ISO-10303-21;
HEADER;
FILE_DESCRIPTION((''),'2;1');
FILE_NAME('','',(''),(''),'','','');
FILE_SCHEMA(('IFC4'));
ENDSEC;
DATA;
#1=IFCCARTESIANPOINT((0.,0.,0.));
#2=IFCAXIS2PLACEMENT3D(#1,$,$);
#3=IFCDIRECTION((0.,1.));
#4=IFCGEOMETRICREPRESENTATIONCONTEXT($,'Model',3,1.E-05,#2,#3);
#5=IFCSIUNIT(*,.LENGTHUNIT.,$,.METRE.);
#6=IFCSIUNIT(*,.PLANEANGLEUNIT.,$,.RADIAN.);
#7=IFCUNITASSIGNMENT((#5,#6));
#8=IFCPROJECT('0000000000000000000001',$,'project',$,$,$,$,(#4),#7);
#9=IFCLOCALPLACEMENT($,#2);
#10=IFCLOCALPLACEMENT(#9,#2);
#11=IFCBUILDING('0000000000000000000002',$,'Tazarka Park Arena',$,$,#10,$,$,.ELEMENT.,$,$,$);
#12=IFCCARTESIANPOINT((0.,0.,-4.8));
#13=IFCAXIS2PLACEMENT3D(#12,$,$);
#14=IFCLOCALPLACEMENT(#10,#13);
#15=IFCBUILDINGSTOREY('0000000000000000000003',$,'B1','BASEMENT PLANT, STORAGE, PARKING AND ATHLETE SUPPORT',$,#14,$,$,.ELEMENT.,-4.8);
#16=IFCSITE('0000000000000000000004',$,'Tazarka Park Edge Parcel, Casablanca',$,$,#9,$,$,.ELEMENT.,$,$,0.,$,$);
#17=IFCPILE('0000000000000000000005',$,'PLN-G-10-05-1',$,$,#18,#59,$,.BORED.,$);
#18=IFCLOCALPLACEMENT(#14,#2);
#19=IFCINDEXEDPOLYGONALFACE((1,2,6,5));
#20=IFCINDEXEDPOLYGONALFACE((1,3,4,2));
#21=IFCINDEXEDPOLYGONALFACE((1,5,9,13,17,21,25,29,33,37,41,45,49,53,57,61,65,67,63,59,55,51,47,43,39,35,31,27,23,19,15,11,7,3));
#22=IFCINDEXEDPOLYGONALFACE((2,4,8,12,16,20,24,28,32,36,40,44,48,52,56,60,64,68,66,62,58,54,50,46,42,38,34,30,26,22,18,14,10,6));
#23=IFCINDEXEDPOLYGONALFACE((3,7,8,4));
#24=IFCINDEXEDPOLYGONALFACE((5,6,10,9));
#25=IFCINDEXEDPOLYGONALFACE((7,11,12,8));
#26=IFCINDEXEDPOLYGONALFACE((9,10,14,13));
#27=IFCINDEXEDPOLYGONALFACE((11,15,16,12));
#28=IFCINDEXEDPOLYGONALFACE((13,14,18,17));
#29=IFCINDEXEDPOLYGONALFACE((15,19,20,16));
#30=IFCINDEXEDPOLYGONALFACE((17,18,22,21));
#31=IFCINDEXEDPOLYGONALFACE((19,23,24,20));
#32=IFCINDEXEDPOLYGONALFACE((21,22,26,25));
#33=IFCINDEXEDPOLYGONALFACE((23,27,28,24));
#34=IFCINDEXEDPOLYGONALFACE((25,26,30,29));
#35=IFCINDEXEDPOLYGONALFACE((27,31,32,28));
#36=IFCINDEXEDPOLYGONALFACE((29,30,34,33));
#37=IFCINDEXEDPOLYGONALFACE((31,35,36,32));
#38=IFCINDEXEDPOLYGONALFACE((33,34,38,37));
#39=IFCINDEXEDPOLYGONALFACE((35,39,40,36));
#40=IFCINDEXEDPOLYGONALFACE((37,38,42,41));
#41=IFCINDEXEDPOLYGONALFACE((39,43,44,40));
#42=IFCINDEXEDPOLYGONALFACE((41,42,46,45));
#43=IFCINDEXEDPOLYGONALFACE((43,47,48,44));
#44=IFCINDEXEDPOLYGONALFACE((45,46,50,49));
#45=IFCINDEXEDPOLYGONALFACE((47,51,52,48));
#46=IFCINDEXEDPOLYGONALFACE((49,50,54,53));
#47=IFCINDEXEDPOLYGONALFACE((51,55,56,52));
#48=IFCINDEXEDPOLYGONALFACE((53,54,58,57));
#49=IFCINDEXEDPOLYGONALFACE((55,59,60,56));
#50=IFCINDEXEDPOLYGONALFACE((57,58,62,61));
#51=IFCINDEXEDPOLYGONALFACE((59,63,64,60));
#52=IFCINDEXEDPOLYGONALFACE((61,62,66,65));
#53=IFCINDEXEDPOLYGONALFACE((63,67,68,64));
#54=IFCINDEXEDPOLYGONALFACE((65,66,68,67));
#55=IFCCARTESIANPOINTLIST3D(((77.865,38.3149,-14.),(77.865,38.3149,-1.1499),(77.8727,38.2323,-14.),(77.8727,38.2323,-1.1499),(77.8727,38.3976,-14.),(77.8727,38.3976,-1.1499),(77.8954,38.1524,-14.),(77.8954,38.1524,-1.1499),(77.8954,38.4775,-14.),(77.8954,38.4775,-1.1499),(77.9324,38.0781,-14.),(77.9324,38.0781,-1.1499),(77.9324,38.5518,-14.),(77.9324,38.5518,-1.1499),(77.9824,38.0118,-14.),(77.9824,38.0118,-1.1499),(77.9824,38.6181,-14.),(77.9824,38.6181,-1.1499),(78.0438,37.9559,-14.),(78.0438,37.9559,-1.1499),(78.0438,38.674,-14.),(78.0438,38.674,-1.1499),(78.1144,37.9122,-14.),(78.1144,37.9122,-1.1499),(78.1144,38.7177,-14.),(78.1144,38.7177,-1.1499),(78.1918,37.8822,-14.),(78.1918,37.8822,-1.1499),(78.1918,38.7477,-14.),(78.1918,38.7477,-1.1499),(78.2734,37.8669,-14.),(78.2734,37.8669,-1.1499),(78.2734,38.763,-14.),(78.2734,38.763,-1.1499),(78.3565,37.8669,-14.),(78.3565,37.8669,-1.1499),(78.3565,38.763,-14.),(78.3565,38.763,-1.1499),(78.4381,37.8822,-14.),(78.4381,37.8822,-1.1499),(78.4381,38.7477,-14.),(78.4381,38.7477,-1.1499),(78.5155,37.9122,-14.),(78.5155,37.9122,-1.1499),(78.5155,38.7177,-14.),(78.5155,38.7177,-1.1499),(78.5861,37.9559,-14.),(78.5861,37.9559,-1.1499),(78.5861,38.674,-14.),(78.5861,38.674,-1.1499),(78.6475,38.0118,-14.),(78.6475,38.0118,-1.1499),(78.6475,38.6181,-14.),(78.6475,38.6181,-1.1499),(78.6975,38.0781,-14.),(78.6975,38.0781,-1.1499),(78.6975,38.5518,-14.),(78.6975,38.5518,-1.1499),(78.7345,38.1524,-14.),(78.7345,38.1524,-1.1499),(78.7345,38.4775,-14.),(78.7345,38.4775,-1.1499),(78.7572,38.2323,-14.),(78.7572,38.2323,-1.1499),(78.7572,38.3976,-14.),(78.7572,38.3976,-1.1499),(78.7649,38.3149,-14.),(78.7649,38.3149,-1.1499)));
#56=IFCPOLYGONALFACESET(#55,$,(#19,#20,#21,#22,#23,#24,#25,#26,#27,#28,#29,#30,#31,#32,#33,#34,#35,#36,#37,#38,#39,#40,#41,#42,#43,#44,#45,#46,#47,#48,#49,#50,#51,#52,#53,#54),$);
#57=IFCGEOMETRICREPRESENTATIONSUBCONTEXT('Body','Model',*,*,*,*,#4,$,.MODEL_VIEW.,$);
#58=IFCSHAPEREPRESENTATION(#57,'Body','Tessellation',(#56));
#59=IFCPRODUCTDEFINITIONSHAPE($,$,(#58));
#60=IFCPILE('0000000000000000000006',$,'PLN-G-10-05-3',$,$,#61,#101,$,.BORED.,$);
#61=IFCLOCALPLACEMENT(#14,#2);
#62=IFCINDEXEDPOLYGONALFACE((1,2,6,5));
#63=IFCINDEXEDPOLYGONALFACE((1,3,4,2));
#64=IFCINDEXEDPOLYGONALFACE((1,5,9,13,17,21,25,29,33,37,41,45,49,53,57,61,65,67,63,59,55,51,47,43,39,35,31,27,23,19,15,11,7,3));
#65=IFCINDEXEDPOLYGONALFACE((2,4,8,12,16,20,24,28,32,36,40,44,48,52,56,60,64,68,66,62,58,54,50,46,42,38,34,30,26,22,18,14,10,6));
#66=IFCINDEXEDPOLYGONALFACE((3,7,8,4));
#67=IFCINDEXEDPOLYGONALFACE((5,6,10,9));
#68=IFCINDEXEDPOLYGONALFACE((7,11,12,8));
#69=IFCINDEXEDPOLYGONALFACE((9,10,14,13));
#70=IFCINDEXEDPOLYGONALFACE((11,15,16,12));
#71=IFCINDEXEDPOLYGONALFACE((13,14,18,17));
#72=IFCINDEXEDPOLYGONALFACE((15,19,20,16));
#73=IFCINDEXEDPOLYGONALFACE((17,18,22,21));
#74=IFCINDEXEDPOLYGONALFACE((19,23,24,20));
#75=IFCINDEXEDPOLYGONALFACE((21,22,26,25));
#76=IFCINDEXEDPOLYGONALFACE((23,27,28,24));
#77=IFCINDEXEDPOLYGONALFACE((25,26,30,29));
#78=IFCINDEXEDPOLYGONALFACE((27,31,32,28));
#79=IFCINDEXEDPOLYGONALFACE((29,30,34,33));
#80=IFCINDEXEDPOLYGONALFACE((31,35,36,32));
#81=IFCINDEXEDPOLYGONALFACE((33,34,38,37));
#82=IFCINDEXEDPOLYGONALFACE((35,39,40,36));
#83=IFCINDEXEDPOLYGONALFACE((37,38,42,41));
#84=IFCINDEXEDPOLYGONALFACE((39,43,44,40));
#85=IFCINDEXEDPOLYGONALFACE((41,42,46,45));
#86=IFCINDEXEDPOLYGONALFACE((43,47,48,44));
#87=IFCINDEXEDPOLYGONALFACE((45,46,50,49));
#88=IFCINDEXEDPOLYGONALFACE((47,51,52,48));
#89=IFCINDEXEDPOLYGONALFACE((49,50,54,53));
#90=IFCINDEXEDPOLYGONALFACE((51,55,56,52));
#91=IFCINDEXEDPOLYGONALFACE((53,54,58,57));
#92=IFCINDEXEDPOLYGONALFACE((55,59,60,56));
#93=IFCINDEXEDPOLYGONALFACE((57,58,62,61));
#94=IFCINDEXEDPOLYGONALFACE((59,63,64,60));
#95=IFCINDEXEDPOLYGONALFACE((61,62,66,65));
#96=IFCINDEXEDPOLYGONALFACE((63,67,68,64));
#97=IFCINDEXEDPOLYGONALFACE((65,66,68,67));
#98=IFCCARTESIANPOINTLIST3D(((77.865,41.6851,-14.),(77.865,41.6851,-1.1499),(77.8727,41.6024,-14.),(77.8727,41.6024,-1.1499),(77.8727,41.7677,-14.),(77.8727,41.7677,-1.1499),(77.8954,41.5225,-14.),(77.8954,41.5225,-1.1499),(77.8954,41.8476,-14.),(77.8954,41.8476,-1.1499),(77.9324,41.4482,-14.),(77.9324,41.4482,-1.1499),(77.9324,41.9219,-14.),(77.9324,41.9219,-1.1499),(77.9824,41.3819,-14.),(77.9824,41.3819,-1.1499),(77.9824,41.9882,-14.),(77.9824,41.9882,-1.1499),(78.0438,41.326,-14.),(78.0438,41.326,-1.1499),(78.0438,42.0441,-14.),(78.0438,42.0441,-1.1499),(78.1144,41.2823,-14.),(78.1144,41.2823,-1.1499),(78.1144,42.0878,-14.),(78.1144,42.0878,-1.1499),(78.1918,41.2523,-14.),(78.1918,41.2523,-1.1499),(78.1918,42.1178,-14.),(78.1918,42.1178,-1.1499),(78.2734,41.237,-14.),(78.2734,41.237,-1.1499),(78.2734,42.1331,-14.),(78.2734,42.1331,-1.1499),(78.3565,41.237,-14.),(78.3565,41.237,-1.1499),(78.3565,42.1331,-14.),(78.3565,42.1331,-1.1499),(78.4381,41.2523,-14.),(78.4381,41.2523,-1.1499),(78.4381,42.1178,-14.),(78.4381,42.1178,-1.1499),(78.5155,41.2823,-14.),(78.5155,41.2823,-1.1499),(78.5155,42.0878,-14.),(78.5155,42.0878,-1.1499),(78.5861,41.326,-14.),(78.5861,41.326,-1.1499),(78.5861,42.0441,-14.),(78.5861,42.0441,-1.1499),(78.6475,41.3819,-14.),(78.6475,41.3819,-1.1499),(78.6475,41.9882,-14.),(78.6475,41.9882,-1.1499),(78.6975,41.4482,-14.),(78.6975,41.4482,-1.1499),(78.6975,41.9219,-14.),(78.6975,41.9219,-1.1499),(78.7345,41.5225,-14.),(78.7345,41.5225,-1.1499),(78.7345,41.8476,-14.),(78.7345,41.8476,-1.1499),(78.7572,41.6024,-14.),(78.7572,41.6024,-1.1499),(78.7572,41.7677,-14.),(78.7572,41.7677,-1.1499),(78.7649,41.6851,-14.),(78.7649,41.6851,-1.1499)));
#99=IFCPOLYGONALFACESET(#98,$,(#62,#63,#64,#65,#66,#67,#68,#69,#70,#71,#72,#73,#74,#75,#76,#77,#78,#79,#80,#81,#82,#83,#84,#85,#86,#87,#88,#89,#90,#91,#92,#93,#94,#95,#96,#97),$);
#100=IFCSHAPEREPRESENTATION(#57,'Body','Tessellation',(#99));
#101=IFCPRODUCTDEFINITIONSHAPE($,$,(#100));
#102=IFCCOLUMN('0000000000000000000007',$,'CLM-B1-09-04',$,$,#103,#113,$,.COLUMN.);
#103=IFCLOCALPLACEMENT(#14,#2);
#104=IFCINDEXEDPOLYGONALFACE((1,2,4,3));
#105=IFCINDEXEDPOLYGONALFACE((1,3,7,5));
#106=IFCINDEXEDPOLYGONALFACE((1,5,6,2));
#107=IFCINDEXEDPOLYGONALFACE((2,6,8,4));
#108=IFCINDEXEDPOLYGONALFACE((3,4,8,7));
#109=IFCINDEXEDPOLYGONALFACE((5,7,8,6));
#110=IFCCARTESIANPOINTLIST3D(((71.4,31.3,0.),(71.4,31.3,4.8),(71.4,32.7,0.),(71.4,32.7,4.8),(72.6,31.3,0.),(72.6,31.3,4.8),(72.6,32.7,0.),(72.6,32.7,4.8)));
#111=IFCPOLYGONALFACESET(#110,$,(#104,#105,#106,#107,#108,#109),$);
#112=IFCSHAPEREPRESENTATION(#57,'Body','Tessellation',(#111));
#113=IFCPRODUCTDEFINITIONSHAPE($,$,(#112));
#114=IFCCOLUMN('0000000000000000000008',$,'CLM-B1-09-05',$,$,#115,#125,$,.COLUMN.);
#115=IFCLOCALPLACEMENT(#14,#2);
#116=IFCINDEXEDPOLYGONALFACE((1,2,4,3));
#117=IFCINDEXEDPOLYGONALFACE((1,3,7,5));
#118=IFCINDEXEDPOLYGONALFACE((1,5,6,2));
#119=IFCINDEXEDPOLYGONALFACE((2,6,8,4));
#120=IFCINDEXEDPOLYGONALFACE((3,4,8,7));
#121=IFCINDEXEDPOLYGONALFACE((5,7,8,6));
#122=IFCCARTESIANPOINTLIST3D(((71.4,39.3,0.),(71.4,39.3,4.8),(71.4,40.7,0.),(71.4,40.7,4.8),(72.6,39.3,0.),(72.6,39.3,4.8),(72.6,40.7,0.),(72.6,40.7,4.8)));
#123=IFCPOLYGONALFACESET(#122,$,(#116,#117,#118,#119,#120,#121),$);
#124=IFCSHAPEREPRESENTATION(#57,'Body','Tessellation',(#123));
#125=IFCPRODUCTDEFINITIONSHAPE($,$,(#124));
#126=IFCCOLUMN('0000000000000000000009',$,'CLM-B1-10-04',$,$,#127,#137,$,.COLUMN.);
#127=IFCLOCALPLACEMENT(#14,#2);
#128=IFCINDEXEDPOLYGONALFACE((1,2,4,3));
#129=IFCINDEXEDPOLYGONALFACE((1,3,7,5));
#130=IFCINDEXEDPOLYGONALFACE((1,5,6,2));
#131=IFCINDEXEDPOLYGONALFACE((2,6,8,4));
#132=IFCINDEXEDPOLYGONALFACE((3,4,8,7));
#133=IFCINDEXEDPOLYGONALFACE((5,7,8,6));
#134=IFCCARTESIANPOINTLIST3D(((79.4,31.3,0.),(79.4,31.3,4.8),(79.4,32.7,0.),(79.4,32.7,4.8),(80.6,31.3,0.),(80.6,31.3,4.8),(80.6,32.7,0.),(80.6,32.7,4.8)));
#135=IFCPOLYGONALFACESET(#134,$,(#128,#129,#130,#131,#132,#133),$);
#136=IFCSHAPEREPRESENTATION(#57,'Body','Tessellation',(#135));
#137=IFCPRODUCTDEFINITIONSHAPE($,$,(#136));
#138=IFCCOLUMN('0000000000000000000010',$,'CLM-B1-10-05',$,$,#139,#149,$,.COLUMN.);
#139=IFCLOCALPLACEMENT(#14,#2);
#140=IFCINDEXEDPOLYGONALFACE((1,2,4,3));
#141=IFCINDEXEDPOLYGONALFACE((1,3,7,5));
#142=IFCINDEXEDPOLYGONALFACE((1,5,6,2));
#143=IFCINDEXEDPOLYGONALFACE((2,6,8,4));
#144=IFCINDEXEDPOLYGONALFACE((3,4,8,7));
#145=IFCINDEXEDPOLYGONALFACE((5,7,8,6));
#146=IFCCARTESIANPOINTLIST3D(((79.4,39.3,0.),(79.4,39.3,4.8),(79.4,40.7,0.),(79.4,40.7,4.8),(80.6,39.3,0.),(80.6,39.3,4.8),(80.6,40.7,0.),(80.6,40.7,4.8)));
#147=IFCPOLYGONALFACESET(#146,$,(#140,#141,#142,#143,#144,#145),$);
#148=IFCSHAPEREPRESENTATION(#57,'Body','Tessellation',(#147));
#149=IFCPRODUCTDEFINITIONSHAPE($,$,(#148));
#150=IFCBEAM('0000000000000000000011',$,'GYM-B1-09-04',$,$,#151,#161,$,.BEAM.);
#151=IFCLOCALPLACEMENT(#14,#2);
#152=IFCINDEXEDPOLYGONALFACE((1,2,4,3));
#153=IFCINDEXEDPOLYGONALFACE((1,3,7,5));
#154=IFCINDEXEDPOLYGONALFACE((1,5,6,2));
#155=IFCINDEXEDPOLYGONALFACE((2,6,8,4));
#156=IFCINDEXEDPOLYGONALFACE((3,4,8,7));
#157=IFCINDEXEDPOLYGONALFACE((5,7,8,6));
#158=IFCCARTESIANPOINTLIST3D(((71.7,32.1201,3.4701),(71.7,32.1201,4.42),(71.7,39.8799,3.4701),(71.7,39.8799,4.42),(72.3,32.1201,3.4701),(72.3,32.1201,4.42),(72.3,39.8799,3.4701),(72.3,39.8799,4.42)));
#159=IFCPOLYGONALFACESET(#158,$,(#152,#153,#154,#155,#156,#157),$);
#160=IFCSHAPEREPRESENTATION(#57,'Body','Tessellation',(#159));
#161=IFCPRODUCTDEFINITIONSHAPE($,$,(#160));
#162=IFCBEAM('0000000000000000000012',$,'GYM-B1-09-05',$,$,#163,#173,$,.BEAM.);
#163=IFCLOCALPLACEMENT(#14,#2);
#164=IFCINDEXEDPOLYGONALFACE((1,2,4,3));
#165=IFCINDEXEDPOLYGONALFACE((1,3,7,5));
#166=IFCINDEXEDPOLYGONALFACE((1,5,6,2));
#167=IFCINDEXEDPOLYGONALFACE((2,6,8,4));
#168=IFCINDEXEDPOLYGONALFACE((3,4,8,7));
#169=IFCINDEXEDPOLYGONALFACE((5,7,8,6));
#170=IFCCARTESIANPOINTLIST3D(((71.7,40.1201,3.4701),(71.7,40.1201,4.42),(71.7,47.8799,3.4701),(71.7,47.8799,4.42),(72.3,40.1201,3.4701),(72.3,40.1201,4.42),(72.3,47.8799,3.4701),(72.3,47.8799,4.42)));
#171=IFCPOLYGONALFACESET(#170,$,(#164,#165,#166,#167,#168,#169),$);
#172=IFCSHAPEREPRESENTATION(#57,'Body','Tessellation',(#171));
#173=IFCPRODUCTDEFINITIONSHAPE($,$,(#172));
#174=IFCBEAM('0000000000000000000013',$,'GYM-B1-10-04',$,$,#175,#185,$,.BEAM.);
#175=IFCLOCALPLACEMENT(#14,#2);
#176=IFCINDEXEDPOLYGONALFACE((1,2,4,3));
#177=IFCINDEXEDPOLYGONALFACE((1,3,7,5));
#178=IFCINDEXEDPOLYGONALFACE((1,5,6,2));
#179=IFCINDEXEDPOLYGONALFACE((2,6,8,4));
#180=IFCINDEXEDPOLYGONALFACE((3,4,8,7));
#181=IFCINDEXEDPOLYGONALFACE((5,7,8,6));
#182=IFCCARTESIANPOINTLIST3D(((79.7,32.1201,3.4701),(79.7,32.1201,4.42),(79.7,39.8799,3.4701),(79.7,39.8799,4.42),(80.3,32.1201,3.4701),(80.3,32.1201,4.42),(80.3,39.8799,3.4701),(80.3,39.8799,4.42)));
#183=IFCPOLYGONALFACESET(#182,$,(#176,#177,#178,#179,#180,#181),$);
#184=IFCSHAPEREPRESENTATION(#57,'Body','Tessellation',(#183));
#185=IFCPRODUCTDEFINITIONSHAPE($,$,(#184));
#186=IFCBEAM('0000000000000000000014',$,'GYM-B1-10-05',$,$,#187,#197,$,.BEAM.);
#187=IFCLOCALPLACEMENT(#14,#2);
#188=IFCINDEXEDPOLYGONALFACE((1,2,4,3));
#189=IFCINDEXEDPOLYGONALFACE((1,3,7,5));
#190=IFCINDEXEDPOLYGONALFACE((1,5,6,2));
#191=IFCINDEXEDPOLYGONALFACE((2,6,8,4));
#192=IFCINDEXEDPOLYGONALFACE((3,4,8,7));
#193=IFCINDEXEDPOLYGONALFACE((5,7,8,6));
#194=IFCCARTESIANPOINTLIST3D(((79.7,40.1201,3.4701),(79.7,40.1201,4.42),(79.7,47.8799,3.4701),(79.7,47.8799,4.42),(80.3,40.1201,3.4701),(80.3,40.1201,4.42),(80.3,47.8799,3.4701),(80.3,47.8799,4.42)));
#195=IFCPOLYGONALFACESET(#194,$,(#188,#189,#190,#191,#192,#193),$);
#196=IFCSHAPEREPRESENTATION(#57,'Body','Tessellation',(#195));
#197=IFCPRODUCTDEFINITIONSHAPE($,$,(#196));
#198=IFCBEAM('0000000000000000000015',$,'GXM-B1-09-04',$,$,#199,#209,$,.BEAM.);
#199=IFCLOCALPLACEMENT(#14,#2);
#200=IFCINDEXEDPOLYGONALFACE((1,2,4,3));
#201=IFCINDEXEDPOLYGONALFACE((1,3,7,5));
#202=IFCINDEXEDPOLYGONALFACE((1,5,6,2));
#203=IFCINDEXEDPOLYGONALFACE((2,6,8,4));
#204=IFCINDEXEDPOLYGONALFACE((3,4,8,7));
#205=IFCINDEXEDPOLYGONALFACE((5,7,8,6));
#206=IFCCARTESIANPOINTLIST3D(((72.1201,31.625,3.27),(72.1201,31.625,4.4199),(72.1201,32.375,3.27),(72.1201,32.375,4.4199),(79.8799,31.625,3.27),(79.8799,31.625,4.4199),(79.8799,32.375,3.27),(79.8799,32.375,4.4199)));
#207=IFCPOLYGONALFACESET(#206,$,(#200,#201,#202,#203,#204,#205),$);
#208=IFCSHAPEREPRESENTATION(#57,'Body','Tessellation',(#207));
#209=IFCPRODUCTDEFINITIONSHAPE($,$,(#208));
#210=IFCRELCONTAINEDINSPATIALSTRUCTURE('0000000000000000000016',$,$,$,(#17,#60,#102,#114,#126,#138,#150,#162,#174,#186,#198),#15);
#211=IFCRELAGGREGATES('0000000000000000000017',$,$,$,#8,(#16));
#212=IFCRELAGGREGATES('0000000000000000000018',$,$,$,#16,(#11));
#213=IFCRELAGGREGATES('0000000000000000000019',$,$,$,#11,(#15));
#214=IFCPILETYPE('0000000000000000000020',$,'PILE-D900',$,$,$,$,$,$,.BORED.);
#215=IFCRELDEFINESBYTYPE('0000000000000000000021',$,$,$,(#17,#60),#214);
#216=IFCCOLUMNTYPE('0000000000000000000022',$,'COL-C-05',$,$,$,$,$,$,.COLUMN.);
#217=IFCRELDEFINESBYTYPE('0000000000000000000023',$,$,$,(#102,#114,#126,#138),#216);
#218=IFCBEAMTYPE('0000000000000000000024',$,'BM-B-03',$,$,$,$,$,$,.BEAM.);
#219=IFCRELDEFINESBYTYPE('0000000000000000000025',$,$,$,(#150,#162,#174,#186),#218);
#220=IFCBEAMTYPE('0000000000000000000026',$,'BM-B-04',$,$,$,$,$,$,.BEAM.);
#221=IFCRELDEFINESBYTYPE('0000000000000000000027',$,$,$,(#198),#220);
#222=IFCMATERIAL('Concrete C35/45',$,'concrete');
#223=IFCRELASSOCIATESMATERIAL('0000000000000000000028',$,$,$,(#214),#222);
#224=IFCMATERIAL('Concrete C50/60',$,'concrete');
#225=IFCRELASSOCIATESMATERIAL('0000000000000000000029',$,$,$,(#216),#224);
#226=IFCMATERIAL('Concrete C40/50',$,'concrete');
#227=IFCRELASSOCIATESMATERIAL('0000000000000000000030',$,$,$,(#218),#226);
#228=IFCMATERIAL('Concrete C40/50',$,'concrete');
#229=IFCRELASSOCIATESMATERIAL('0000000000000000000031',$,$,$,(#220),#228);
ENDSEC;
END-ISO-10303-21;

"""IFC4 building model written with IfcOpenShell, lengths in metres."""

from ifc_helpers import new_model, si_unit, direction, frame, origin, origin_2d, place, context, subcontext, project, spatial, rectangle, circle, extrude, material, material_profile, profile_set, type_object, element, save


model = new_model("IFC4")

# Units and contexts
model_context = context("Model", 3, precision=1e-05, world=origin(), true_north=direction((0.0, 1.0)))
body_context = subcontext(model_context, "Body", "Model", "MODEL_VIEW")
ifc_project = project(units=[si_unit("LENGTHUNIT", "METRE"), si_unit("PLANEANGLEUNIT", "RADIAN")], contexts=[model_context])

# Site, building, storey
site_placement = place(None, origin())
site = spatial("IfcSite", under=ifc_project, at=site_placement, Name="Tazarka Park Edge Parcel, Casablanca", CompositionType="ELEMENT", RefElevation=0.0)
building_placement = place(site_placement, origin())
building = spatial("IfcBuilding", under=site, at=building_placement, Name="Tazarka Park Arena", CompositionType="ELEMENT")
storey_placement = place(building_placement, frame((0.0, 0.0, -4.8)))
storey = spatial("IfcBuildingStorey", under=building, at=storey_placement, Name="B1", Description="BASEMENT PLANT, STORAGE, PARKING AND ATHLETE SUPPORT", CompositionType="ELEMENT", Elevation=-4.8)

# Piles
ifc_material_1 = material(Name="Concrete C35/45", Category="concrete")
ifc_material_profile_1 = material_profile(ifc_material_1, circle(Radius=0.45, at=origin_2d()), Name="Concrete C35/45")
ifc_profile_set_1 = profile_set([ifc_material_profile_1], Name="Concrete C35/45")
pile_type_1 = type_object("IfcPileType", Name="PILE-D900", PredefinedType="BORED", material=ifc_profile_set_1)
for number, where, z_axis, x_axis, name in (
    (1, (78.3149, 38.3149, -1.1499), (0.0, 0.0, -1.0), (1.0, 0.0, 0.0), "PLN-G-10-05-1"),
    (2, (78.3149, 41.6851, -1.1499), (0.0, 0.0, -1.0), (1.0, 0.0, 0.0), "PLN-G-10-05-3"),
):
    element("IfcPile", number, at=place(storey_placement, frame(where, z_axis=z_axis, x_axis=x_axis)), inside=storey, type_object=pile_type_1, Name=name, PredefinedType="BORED", context=body_context, shape_type="SweptSolid", body=[
        extrude(circle(Radius=0.45, at=origin_2d()), origin(), (0.0, 0.0, 1.0), 12.8501),
    ])

# Columns
ifc_material_2 = material(Name="Concrete C50/60", Category="concrete")
ifc_material_profile_2 = material_profile(ifc_material_2, rectangle(XDim=1.2, YDim=1.3999, at=origin_2d()), Name="Concrete C50/60")
ifc_profile_set_2 = profile_set([ifc_material_profile_2], Name="Concrete C50/60")
column_type = type_object("IfcColumnType", Name="COL-C-05", PredefinedType="COLUMN", material=ifc_profile_set_2)
for number, where, z_axis, x_axis, name in (
    (3, (72.0, 32.0, 0.0), (0.0, 0.0, 1.0), (1.0, 0.0, 0.0), "CLM-B1-09-04"),
    (4, (72.0, 40.0, 0.0), (0.0, 0.0, 1.0), (1.0, 0.0, 0.0), "CLM-B1-09-05"),
    (5, (80.0, 32.0, 0.0), (0.0, 0.0, 1.0), (1.0, 0.0, 0.0), "CLM-B1-10-04"),
    (6, (80.0, 40.0, 0.0), (0.0, 0.0, 1.0), (1.0, 0.0, 0.0), "CLM-B1-10-05"),
):
    element("IfcColumn", number, at=place(storey_placement, frame(where, z_axis=z_axis, x_axis=x_axis)), inside=storey, type_object=column_type, Name=name, PredefinedType="COLUMN", context=body_context, shape_type="SweptSolid", body=[
        extrude(rectangle(XDim=1.2, YDim=1.3999, at=origin_2d()), origin(), (0.0, 0.0, 1.0), 4.8),
    ])

# Beams
ifc_material_3 = material(Name="Concrete C40/50", Category="concrete")
ifc_material_profile_3 = material_profile(ifc_material_3, rectangle(XDim=0.6001, YDim=0.95, at=origin_2d()), Name="Concrete C40/50")
ifc_profile_set_3 = profile_set([ifc_material_profile_3], Name="Concrete C40/50")
beam_type_1 = type_object("IfcBeamType", Name="BM-B-03", PredefinedType="BEAM", material=ifc_profile_set_3)
for number, where, z_axis, x_axis, name in (
    (7, (72.0, 32.1201, 3.9451), (0.0, 1.0, 0.0), (-1.0, 0.0, 0.0), "GYM-B1-09-04"),
    (8, (72.0, 40.1201, 3.9451), (0.0, 1.0, 0.0), (-1.0, 0.0, 0.0), "GYM-B1-09-05"),
    (9, (80.0, 32.1201, 3.9451), (0.0, 1.0, 0.0), (-1.0, 0.0, 0.0), "GYM-B1-10-04"),
    (10, (80.0, 40.1201, 3.9451), (0.0, 1.0, 0.0), (-1.0, 0.0, 0.0), "GYM-B1-10-05"),
):
    element("IfcBeam", number, at=place(storey_placement, frame(where, z_axis=z_axis, x_axis=x_axis)), inside=storey, type_object=beam_type_1, Name=name, PredefinedType="BEAM", context=body_context, shape_type="SweptSolid", body=[
        extrude(rectangle(XDim=0.6001, YDim=0.95, at=origin_2d()), origin(), (0.0, 0.0, 1.0), 7.7598),
    ])
ifc_material_4 = material(Name="Concrete C40/50", Category="concrete")
ifc_material_profile_4 = material_profile(ifc_material_4, rectangle(XDim=0.75, YDim=1.1499, at=origin_2d()), Name="Concrete C40/50")
ifc_profile_set_4 = profile_set([ifc_material_profile_4], Name="Concrete C40/50")
beam_type_2 = type_object("IfcBeamType", Name="BM-B-04", PredefinedType="BEAM", material=ifc_profile_set_4)
for number, where, z_axis, x_axis, name in (
    (11, (72.1201, 32.0, 3.845), (1.0, 0.0, 0.0), (0.0, 1.0, 0.0), "GXM-B1-09-04"),
):
    element("IfcBeam", number, at=place(storey_placement, frame(where, z_axis=z_axis, x_axis=x_axis)), inside=storey, type_object=beam_type_2, Name=name, PredefinedType="BEAM", context=body_context, shape_type="SweptSolid", body=[
        extrude(rectangle(XDim=0.75, YDim=1.1499, at=origin_2d()), origin(), (0.0, 0.0, 1.0), 7.7598),
    ])

save(model, "model.ifc")
